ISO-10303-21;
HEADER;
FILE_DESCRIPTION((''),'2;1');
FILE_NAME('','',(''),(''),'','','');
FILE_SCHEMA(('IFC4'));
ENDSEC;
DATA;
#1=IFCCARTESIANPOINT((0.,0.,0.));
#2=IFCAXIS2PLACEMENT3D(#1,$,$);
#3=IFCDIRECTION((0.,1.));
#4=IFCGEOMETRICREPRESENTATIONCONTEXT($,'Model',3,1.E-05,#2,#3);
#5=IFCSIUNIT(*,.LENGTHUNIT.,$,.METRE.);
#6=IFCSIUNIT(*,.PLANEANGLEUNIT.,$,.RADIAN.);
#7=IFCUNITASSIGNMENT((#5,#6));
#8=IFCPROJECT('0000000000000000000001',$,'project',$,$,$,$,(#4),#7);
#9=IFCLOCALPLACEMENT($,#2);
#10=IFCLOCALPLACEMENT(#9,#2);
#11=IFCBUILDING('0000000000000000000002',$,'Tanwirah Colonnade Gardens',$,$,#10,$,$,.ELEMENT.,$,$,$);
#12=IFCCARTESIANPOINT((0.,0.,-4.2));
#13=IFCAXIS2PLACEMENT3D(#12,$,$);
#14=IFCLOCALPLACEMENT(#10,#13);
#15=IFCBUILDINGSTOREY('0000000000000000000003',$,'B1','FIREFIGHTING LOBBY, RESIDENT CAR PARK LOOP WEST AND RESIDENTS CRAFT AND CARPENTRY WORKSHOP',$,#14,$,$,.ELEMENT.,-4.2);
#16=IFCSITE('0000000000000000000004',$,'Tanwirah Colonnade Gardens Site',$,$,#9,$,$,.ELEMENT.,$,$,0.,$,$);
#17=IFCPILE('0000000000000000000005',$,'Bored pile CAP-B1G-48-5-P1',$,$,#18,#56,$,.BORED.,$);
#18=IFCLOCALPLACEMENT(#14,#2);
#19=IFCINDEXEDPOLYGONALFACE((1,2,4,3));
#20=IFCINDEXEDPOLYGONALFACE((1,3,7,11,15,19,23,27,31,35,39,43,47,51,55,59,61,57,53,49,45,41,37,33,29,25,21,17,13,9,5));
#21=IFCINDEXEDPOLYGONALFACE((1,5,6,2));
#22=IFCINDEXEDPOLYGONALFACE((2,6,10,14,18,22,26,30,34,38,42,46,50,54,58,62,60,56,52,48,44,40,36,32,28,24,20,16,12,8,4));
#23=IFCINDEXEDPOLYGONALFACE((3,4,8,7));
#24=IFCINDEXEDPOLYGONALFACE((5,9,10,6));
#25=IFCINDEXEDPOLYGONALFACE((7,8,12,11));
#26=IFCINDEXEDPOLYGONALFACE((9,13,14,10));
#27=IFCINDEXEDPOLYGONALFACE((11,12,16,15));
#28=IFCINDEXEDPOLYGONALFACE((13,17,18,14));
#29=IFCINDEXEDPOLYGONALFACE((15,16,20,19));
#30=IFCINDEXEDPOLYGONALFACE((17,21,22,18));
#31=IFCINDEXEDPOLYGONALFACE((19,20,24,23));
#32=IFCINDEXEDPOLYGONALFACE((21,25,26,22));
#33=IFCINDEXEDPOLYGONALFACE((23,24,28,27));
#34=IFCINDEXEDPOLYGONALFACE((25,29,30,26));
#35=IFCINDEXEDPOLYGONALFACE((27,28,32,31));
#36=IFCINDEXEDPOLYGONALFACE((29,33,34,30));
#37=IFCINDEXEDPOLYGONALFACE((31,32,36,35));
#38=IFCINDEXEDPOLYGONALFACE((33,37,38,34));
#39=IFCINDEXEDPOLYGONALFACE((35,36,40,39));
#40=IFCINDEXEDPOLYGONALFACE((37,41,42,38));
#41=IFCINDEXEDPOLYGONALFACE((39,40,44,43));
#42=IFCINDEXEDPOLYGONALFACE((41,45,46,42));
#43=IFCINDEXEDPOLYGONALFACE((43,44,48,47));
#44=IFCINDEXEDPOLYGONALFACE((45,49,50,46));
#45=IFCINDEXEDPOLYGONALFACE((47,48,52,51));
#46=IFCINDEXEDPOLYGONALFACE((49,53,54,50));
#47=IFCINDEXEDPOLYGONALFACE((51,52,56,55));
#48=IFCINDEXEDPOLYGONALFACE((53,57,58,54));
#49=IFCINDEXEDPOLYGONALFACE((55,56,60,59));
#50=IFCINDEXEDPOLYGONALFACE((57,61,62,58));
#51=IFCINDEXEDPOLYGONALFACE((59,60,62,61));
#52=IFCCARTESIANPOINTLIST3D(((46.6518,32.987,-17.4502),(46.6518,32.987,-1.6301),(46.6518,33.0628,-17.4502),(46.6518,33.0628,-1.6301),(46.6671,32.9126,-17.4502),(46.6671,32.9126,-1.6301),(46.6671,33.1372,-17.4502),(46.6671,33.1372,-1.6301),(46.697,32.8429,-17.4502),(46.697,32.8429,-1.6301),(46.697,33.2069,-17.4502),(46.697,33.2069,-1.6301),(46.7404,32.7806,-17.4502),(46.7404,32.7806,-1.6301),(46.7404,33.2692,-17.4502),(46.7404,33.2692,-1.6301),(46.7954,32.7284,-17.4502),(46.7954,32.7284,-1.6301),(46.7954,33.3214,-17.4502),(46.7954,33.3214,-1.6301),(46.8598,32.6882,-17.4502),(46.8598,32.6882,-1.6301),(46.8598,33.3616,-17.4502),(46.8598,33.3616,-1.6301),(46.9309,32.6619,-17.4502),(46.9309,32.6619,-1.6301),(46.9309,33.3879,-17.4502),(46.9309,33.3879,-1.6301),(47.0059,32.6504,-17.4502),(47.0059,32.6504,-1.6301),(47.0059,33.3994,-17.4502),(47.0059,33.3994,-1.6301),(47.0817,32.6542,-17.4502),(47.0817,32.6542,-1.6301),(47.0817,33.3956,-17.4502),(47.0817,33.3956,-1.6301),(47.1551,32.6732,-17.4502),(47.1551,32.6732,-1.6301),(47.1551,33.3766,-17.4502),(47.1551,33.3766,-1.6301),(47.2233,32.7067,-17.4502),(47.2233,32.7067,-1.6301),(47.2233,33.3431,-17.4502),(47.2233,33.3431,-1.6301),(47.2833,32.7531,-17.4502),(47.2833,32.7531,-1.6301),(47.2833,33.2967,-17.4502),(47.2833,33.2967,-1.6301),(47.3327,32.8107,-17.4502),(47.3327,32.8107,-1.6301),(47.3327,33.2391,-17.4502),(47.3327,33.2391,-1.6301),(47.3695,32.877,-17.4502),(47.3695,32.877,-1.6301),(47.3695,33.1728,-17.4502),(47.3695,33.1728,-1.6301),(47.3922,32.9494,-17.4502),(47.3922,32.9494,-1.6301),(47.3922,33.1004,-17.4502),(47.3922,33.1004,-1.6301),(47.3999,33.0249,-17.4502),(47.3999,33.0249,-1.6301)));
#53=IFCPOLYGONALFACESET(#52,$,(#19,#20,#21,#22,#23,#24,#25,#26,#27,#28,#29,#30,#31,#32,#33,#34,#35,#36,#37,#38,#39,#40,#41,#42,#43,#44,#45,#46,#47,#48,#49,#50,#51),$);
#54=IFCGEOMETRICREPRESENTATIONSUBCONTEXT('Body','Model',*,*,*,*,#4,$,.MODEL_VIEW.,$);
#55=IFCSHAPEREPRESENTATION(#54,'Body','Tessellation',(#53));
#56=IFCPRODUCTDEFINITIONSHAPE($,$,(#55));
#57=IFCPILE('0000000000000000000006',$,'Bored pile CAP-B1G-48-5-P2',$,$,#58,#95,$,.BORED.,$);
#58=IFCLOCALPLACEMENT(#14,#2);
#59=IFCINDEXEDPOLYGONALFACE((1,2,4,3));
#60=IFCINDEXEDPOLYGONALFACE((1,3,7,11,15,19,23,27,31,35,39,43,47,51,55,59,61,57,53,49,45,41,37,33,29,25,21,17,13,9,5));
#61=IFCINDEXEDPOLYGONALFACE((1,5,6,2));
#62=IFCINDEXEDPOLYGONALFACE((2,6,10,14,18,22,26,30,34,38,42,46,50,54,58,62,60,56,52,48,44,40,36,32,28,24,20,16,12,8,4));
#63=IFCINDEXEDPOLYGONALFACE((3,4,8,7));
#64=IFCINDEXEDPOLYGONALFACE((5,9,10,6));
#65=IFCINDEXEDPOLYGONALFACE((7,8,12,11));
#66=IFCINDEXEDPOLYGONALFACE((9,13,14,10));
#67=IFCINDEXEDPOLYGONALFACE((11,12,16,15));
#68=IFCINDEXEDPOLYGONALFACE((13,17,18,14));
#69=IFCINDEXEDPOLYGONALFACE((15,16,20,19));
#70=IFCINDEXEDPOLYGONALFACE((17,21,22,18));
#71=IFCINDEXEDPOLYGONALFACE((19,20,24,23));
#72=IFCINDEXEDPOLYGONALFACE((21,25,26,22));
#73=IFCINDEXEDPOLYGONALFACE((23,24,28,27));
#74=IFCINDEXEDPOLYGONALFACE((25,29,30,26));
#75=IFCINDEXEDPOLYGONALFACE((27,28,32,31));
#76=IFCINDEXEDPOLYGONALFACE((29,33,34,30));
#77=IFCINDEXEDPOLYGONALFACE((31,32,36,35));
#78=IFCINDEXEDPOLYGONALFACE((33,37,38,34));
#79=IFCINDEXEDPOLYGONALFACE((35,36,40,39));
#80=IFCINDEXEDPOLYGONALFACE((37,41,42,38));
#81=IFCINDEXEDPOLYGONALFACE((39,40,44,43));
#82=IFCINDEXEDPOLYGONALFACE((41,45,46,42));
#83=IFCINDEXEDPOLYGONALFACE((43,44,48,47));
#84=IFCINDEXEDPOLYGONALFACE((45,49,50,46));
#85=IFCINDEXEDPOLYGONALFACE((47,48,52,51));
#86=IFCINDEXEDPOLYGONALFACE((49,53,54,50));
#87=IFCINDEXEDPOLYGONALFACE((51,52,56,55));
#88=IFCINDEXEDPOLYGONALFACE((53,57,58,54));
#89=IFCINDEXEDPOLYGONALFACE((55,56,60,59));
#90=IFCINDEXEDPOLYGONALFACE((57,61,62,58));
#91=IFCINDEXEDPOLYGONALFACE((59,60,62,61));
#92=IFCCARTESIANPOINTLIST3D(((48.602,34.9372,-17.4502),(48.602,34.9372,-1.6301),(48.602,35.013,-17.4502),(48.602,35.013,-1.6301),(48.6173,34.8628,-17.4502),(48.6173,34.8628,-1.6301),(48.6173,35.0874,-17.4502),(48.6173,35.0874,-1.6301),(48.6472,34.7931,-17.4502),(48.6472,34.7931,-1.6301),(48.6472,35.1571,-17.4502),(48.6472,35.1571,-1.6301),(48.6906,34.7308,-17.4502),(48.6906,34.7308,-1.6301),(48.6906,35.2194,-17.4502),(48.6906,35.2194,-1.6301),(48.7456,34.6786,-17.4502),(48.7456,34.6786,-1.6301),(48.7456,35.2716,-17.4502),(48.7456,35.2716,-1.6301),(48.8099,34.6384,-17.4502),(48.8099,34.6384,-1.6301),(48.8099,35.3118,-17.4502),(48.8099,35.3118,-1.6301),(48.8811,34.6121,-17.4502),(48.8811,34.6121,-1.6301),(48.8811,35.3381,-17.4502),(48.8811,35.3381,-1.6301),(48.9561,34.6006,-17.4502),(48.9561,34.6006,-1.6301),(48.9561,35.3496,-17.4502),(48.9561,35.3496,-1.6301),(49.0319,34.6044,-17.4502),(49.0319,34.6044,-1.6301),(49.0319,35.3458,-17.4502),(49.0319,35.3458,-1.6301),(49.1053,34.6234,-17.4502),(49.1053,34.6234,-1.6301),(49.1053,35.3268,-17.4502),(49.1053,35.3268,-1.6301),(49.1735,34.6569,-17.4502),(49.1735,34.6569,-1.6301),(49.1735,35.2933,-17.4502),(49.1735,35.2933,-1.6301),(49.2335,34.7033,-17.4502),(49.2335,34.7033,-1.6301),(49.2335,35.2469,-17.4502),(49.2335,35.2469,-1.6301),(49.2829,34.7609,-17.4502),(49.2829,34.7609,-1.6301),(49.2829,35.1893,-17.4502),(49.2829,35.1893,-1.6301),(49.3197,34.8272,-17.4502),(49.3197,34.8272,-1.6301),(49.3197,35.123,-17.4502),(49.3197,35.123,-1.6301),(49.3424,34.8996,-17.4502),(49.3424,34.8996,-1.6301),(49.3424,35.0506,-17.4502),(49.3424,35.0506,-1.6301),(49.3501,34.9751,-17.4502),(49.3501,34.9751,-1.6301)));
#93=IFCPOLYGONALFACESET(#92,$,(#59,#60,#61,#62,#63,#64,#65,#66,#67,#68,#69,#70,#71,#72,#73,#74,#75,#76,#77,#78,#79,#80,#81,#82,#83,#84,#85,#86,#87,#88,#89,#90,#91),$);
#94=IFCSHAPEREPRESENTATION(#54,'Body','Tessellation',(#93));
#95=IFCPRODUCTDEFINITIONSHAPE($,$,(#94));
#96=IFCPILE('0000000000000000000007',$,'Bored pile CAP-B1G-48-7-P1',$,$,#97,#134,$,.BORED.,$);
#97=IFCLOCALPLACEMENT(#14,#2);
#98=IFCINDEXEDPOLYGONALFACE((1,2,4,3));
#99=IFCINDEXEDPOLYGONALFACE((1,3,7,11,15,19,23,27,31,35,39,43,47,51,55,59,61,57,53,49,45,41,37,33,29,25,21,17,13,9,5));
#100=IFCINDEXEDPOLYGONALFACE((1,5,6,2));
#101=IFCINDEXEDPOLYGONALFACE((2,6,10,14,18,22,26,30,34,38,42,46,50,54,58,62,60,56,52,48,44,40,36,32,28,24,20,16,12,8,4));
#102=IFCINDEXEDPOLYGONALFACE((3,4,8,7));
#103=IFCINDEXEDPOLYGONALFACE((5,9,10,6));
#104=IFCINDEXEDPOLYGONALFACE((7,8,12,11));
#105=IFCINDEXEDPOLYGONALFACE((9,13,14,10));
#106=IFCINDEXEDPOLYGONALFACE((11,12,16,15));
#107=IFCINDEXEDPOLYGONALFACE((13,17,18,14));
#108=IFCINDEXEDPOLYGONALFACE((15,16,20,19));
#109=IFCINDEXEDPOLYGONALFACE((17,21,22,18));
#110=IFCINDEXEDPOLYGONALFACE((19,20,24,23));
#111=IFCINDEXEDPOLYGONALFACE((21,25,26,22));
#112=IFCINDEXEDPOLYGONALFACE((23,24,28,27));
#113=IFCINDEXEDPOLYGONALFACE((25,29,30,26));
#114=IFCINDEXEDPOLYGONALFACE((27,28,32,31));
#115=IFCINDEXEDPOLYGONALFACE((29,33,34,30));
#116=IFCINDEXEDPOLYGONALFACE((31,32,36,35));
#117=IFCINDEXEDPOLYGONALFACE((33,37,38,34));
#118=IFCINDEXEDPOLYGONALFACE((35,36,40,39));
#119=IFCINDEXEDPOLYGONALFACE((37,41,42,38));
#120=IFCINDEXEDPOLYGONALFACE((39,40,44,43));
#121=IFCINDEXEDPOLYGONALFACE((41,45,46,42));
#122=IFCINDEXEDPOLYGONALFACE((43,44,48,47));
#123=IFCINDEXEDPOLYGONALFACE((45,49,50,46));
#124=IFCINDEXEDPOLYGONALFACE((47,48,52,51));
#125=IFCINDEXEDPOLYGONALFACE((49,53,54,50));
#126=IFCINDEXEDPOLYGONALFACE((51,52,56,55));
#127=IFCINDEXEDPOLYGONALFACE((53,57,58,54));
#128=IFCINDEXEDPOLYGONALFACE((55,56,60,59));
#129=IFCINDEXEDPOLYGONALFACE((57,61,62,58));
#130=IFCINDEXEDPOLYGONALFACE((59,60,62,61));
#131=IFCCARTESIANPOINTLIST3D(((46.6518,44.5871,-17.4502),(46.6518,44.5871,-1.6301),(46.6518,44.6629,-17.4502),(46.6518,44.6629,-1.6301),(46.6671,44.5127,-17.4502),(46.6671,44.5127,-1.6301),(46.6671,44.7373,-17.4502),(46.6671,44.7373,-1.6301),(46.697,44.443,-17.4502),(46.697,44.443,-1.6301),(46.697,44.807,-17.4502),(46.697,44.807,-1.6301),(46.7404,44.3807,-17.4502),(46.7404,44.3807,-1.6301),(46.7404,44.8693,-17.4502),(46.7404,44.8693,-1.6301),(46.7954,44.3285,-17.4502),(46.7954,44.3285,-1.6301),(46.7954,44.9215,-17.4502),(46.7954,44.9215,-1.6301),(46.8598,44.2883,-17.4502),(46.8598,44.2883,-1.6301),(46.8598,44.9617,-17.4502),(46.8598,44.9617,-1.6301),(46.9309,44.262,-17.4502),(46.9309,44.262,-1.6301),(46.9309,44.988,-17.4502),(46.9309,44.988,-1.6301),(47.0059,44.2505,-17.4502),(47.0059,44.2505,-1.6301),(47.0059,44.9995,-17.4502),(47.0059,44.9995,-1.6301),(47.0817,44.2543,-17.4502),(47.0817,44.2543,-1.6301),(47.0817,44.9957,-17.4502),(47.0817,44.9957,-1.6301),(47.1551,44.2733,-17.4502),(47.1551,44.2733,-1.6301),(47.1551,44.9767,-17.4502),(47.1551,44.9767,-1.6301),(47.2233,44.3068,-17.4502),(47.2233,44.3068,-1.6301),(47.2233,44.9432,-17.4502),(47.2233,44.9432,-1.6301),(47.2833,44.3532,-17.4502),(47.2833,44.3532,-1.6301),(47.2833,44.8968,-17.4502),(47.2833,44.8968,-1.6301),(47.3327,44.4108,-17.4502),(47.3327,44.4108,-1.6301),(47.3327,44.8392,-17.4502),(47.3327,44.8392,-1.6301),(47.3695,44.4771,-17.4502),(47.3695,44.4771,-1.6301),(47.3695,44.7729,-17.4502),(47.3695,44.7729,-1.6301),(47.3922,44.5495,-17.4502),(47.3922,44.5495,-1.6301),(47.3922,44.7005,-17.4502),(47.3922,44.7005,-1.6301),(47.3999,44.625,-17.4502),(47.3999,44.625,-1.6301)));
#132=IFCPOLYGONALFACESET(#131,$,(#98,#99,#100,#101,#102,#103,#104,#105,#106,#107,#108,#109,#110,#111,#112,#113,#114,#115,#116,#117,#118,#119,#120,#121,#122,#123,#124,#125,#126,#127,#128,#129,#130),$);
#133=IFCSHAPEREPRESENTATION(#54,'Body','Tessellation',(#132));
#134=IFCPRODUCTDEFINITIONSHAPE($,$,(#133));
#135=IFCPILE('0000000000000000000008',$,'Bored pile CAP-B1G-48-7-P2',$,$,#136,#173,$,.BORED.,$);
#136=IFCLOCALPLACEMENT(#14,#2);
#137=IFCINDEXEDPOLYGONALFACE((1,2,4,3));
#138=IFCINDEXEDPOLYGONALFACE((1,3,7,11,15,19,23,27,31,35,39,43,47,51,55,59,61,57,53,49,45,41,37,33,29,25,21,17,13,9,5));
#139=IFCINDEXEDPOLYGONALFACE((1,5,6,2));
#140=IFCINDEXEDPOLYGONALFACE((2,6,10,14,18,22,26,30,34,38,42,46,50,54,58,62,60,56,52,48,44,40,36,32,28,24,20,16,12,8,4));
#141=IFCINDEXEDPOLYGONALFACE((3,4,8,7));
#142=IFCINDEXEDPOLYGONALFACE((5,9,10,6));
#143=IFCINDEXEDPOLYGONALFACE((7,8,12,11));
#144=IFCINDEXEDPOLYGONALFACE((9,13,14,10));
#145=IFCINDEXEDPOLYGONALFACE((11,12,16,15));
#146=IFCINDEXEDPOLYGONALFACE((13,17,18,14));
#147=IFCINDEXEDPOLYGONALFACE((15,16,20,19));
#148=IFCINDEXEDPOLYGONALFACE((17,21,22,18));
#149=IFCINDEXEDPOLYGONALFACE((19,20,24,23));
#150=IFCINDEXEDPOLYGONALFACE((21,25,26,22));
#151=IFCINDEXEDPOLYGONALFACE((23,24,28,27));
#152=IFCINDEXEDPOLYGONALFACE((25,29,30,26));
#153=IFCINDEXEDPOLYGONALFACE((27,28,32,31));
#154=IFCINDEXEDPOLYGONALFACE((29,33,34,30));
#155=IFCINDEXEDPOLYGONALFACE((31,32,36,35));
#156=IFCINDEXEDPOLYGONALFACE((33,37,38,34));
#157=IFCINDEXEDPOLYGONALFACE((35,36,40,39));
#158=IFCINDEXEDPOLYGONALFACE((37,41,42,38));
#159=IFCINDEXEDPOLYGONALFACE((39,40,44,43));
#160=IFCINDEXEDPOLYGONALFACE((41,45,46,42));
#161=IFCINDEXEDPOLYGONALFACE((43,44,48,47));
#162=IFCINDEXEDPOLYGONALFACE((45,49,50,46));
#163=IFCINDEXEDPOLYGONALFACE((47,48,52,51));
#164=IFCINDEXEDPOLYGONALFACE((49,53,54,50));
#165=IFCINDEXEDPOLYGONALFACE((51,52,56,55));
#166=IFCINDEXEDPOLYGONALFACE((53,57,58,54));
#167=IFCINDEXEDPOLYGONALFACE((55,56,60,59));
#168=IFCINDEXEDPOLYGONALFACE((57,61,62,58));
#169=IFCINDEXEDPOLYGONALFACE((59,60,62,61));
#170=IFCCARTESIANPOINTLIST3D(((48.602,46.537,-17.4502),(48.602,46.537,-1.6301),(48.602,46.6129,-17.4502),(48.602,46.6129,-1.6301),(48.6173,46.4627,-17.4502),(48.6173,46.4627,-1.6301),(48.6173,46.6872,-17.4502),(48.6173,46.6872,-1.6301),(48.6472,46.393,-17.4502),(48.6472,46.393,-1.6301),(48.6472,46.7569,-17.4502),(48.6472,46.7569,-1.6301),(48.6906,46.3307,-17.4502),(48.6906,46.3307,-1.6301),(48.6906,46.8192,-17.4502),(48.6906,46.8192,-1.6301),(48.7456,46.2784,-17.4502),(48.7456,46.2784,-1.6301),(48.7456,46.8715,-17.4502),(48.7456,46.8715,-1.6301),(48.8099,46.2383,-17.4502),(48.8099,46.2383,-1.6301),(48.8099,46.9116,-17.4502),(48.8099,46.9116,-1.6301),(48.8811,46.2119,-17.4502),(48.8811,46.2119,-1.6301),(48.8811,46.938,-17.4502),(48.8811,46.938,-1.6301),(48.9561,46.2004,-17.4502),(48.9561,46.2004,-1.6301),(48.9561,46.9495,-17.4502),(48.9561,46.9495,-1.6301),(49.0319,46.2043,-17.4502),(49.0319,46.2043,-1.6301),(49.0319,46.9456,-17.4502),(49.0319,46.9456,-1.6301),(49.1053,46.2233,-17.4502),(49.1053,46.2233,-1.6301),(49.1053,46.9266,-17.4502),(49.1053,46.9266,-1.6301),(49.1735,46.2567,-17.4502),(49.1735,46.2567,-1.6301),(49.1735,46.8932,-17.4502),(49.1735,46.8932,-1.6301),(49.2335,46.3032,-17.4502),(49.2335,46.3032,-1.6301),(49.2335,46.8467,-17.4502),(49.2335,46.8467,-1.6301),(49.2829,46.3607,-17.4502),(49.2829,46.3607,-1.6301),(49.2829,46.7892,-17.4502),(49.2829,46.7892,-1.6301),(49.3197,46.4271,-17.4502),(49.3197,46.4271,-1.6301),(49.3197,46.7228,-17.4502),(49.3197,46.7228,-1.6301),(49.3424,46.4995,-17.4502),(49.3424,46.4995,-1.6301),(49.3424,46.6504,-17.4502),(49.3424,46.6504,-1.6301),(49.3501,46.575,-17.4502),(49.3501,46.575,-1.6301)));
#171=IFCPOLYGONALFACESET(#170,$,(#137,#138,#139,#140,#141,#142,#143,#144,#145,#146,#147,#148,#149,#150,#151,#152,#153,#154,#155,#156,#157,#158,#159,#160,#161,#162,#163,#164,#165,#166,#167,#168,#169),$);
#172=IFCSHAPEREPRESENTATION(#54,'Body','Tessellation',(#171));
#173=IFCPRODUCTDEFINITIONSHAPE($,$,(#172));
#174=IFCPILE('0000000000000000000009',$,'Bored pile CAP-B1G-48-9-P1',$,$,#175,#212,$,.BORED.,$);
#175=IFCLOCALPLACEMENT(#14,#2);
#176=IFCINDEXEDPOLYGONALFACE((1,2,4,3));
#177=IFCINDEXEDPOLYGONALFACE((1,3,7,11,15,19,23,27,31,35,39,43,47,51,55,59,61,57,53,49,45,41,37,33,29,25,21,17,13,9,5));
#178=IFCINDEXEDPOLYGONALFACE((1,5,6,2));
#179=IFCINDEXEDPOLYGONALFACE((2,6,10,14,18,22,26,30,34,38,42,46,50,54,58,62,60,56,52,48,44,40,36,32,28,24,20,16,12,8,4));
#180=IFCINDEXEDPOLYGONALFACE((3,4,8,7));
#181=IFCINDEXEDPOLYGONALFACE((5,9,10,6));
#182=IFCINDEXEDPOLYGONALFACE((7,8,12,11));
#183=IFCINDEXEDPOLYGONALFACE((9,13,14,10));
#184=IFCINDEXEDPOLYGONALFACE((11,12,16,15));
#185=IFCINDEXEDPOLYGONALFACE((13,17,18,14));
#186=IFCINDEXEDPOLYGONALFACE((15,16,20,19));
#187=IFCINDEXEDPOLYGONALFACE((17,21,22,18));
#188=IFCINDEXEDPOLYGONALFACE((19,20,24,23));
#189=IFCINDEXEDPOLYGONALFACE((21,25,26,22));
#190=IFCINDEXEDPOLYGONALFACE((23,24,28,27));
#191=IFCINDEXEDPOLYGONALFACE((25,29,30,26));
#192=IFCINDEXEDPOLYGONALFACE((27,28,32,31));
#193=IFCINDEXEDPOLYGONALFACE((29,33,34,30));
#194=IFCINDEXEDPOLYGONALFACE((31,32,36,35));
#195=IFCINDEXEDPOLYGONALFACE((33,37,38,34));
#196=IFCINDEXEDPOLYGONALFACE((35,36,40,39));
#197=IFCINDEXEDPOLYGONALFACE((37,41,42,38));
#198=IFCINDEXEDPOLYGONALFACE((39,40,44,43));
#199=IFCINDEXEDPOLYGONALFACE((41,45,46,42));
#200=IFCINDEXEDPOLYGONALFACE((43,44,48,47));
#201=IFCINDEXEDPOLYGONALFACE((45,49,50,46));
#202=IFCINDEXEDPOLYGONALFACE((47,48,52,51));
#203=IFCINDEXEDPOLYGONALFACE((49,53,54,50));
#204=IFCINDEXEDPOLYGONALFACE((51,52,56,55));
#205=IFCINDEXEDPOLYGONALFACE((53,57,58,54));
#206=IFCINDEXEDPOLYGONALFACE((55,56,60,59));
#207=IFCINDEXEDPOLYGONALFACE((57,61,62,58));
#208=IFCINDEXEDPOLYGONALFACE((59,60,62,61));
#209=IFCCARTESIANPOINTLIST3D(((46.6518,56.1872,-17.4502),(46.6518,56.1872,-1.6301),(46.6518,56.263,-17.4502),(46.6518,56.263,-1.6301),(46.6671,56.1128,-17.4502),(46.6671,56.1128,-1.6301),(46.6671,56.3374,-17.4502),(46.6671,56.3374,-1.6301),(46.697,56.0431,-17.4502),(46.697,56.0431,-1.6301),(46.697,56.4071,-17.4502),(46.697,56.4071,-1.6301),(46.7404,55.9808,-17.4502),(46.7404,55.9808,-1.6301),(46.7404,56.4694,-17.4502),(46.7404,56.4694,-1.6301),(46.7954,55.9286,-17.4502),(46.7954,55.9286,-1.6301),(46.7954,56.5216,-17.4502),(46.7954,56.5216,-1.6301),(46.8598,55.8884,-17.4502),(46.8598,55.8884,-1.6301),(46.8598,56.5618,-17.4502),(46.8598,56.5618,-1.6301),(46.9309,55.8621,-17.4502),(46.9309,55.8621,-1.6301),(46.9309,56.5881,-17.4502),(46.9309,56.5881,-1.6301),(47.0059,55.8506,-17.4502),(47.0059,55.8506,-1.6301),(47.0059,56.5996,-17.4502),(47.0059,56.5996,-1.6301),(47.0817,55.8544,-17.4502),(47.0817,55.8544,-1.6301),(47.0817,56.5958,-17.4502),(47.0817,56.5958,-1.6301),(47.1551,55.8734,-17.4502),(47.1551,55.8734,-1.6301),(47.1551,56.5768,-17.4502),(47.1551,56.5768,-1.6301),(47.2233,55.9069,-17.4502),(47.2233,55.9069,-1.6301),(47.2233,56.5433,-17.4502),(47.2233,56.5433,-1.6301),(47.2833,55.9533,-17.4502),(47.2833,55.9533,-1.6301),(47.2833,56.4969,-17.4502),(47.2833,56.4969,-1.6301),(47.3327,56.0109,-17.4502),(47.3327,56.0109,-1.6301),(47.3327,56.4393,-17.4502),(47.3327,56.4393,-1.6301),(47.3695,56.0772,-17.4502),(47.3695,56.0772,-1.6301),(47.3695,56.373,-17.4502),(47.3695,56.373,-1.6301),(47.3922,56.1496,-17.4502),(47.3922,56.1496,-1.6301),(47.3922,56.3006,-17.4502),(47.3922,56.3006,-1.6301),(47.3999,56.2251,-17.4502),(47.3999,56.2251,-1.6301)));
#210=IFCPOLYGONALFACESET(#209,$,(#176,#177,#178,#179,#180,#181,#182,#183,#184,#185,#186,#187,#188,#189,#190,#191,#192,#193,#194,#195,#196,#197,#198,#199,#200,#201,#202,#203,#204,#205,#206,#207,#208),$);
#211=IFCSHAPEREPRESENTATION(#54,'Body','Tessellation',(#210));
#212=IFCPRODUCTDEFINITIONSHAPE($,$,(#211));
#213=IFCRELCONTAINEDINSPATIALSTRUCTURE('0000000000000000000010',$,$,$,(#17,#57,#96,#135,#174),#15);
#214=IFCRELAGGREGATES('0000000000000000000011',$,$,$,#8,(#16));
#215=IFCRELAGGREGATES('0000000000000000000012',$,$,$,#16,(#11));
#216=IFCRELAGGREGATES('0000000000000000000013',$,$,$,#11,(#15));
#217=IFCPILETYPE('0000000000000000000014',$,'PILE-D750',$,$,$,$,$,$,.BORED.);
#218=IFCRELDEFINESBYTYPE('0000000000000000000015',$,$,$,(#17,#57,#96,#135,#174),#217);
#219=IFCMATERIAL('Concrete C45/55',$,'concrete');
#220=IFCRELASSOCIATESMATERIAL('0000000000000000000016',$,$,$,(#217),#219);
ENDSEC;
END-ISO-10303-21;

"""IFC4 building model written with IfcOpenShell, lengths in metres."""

from ifc_helpers import new_model, si_unit, direction, frame, origin, origin_2d, place, context, subcontext, project, spatial, circle, extrude, material, material_profile, profile_set, type_object, element, save


model = new_model("IFC4")

# Units and contexts
model_context = context("Model", 3, precision=1e-05, world=origin(), true_north=direction((0.0, 1.0)))
body_context = subcontext(model_context, "Body", "Model", "MODEL_VIEW")
ifc_project = project(units=[si_unit("LENGTHUNIT", "METRE"), si_unit("PLANEANGLEUNIT", "RADIAN")], contexts=[model_context])

# Site, building, storey
site_placement = place(None, origin())
site = spatial("IfcSite", under=ifc_project, at=site_placement, Name="Tanwirah Colonnade Gardens Site", CompositionType="ELEMENT", RefElevation=0.0)
building_placement = place(site_placement, origin())
building = spatial("IfcBuilding", under=site, at=building_placement, Name="Tanwirah Colonnade Gardens", CompositionType="ELEMENT")
storey_placement = place(building_placement, frame((0.0, 0.0, -4.2)))
storey = spatial("IfcBuildingStorey", under=building, at=storey_placement, Name="B1", Description="FIREFIGHTING LOBBY, RESIDENT CAR PARK LOOP WEST AND RESIDENTS CRAFT AND CARPENTRY WORKSHOP", CompositionType="ELEMENT", Elevation=-4.2)

# Shared definitions
ifc_material_1 = material(Name="Concrete C45/55", Category="concrete")

# Piles
ifc_material_profile_1 = material_profile(ifc_material_1, circle(Radius=0.375, at=origin_2d()), Name="PILE D750")
ifc_profile_set_1 = profile_set([ifc_material_profile_1], Name="Concrete C45/55")
pile_type = type_object("IfcPileType", Name="PILE-D750", PredefinedType="BORED", material=ifc_profile_set_1)
for number, where, z_axis, x_axis, name in (
    (1, (47.0249, 33.0249, -1.6301), (0.0, 0.0, -1.0), (1.0, 0.0, 0.0), "Bored pile CAP-B1G-48-5-P1"),
    (2, (48.9751, 34.9751, -1.6301), (0.0, 0.0, -1.0), (1.0, 0.0, 0.0), "Bored pile CAP-B1G-48-5-P2"),
    (3, (47.0249, 44.625, -1.6301), (0.0, 0.0, -1.0), (1.0, 0.0, 0.0), "Bored pile CAP-B1G-48-7-P1"),
    (4, (48.9751, 46.575, -1.6301), (0.0, 0.0, -1.0), (1.0, 0.0, 0.0), "Bored pile CAP-B1G-48-7-P2"),
    (5, (47.0249, 56.2251, -1.6301), (0.0, 0.0, -1.0), (1.0, 0.0, 0.0), "Bored pile CAP-B1G-48-9-P1"),
):
    element("IfcPile", number, at=place(storey_placement, frame(where, z_axis=z_axis, x_axis=x_axis)), inside=storey, type_object=pile_type, Name=name, PredefinedType="BORED", context=body_context, shape_type="SweptSolid", body=[
        extrude(circle(Radius=0.375, at=origin_2d()), origin(), (0.0, 0.0, 1.0), 15.8201),
    ])

save(model, "model.ifc")
